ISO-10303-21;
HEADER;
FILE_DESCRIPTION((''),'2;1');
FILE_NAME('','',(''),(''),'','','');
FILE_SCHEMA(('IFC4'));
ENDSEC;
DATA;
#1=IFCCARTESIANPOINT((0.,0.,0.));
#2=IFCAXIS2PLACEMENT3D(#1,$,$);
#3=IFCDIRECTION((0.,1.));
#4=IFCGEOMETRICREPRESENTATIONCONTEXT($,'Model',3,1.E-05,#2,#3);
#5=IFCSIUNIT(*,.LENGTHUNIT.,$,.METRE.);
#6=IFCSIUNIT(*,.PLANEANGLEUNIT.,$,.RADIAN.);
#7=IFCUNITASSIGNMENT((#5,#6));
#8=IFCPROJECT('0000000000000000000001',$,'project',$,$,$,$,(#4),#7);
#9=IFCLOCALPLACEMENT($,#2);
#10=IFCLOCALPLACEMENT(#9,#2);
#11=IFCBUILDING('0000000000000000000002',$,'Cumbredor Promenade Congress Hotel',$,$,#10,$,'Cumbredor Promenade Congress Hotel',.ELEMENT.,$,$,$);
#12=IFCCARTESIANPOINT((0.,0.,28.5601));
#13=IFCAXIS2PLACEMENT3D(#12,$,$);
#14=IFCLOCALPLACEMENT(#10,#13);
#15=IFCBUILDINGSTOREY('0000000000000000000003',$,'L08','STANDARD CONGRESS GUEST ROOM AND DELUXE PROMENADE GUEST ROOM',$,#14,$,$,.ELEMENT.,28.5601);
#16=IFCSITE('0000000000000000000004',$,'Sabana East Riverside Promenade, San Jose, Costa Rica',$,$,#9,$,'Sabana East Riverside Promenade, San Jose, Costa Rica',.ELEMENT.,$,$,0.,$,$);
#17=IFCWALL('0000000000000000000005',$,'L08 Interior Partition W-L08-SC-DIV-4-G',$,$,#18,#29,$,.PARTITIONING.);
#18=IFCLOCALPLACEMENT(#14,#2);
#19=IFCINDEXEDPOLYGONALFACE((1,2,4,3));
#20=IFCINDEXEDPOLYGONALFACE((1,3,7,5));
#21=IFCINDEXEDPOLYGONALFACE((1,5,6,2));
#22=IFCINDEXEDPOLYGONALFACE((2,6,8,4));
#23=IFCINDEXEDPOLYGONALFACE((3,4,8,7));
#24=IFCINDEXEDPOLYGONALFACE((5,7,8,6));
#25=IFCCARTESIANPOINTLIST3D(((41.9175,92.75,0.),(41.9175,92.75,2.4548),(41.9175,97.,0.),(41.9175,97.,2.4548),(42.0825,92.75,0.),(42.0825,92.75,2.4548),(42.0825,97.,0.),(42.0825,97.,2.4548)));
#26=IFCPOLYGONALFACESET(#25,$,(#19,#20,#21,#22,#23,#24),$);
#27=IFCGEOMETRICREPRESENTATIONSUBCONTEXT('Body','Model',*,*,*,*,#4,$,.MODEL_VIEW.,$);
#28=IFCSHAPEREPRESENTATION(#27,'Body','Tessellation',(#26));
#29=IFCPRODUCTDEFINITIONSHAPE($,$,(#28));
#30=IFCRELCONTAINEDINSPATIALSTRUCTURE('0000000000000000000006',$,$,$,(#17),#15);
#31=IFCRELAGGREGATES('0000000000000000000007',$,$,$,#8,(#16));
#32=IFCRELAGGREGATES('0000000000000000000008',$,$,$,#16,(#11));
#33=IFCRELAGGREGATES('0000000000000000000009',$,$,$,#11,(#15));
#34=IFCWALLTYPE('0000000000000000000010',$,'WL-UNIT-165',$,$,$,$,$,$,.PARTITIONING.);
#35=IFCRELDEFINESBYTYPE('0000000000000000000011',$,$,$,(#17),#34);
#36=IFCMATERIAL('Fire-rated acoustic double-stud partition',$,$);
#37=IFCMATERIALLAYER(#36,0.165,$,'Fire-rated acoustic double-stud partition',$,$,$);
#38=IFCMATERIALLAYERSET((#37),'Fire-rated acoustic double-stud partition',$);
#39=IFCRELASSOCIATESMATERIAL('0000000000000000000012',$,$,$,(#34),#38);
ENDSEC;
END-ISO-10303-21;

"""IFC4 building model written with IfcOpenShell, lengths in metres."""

from ifc_helpers import new_model, si_unit, direction, frame, frame_2d, origin, place, context, subcontext, project, spatial, rectangle, extrude, material, layer, layer_set, type_object, element, save


model = new_model("IFC4")

# Units and contexts
model_context = context("Model", 3, precision=1e-05, world=origin(), true_north=direction((0.0, 1.0)))
body_context = subcontext(model_context, "Body", "Model", "MODEL_VIEW")
ifc_project = project(units=[si_unit("LENGTHUNIT", "METRE"), si_unit("PLANEANGLEUNIT", "RADIAN")], contexts=[model_context])

# Site, building, storey
site_placement = place(None, origin())
site = spatial("IfcSite", under=ifc_project, at=site_placement, Name="Sabana East Riverside Promenade, San Jose, Costa Rica", LongName="Sabana East Riverside Promenade, San Jose, Costa Rica", CompositionType="ELEMENT", RefElevation=0.0)
building_placement = place(site_placement, origin())
building = spatial("IfcBuilding", under=site, at=building_placement, Name="Cumbredor Promenade Congress Hotel", LongName="Cumbredor Promenade Congress Hotel", CompositionType="ELEMENT")
storey_placement = place(building_placement, frame((0.0, 0.0, 28.5601)))
storey = spatial("IfcBuildingStorey", under=building, at=storey_placement, Name="L08", Description="STANDARD CONGRESS GUEST ROOM AND DELUXE PROMENADE GUEST ROOM", CompositionType="ELEMENT", Elevation=28.5601)

# Wall
ifc_material_1 = material(Name="Fire-rated acoustic double-stud partition")
ifc_layer_1 = layer(ifc_material_1, 0.165, Name="Fire-rated acoustic double-stud partition")
ifc_layer_set_1 = layer_set([ifc_layer_1], Name="Fire-rated acoustic double-stud partition")
wall_type_1 = type_object("IfcWallType", Name="WL-UNIT-165", PredefinedType="PARTITIONING", material=ifc_layer_set_1)
wall_1_placement = place(storey_placement, frame((42.0, 92.75, 0.0), z_axis=(0.0, 0.0, 1.0), x_axis=(0.0, 1.0, 0.0)))
element("IfcWall", 1, at=wall_1_placement, inside=storey, type_object=wall_type_1, Name="L08 Interior Partition W-L08-SC-DIV-4-G", PredefinedType="PARTITIONING", context=body_context, shape_type="SweptSolid", body=[
    extrude(rectangle(XDim=4.25, YDim=0.165, at=frame_2d((2.125, 0.0))), origin(), (0.0, 0.0, 1.0), 2.4548),
])

save(model, "model.ifc")
